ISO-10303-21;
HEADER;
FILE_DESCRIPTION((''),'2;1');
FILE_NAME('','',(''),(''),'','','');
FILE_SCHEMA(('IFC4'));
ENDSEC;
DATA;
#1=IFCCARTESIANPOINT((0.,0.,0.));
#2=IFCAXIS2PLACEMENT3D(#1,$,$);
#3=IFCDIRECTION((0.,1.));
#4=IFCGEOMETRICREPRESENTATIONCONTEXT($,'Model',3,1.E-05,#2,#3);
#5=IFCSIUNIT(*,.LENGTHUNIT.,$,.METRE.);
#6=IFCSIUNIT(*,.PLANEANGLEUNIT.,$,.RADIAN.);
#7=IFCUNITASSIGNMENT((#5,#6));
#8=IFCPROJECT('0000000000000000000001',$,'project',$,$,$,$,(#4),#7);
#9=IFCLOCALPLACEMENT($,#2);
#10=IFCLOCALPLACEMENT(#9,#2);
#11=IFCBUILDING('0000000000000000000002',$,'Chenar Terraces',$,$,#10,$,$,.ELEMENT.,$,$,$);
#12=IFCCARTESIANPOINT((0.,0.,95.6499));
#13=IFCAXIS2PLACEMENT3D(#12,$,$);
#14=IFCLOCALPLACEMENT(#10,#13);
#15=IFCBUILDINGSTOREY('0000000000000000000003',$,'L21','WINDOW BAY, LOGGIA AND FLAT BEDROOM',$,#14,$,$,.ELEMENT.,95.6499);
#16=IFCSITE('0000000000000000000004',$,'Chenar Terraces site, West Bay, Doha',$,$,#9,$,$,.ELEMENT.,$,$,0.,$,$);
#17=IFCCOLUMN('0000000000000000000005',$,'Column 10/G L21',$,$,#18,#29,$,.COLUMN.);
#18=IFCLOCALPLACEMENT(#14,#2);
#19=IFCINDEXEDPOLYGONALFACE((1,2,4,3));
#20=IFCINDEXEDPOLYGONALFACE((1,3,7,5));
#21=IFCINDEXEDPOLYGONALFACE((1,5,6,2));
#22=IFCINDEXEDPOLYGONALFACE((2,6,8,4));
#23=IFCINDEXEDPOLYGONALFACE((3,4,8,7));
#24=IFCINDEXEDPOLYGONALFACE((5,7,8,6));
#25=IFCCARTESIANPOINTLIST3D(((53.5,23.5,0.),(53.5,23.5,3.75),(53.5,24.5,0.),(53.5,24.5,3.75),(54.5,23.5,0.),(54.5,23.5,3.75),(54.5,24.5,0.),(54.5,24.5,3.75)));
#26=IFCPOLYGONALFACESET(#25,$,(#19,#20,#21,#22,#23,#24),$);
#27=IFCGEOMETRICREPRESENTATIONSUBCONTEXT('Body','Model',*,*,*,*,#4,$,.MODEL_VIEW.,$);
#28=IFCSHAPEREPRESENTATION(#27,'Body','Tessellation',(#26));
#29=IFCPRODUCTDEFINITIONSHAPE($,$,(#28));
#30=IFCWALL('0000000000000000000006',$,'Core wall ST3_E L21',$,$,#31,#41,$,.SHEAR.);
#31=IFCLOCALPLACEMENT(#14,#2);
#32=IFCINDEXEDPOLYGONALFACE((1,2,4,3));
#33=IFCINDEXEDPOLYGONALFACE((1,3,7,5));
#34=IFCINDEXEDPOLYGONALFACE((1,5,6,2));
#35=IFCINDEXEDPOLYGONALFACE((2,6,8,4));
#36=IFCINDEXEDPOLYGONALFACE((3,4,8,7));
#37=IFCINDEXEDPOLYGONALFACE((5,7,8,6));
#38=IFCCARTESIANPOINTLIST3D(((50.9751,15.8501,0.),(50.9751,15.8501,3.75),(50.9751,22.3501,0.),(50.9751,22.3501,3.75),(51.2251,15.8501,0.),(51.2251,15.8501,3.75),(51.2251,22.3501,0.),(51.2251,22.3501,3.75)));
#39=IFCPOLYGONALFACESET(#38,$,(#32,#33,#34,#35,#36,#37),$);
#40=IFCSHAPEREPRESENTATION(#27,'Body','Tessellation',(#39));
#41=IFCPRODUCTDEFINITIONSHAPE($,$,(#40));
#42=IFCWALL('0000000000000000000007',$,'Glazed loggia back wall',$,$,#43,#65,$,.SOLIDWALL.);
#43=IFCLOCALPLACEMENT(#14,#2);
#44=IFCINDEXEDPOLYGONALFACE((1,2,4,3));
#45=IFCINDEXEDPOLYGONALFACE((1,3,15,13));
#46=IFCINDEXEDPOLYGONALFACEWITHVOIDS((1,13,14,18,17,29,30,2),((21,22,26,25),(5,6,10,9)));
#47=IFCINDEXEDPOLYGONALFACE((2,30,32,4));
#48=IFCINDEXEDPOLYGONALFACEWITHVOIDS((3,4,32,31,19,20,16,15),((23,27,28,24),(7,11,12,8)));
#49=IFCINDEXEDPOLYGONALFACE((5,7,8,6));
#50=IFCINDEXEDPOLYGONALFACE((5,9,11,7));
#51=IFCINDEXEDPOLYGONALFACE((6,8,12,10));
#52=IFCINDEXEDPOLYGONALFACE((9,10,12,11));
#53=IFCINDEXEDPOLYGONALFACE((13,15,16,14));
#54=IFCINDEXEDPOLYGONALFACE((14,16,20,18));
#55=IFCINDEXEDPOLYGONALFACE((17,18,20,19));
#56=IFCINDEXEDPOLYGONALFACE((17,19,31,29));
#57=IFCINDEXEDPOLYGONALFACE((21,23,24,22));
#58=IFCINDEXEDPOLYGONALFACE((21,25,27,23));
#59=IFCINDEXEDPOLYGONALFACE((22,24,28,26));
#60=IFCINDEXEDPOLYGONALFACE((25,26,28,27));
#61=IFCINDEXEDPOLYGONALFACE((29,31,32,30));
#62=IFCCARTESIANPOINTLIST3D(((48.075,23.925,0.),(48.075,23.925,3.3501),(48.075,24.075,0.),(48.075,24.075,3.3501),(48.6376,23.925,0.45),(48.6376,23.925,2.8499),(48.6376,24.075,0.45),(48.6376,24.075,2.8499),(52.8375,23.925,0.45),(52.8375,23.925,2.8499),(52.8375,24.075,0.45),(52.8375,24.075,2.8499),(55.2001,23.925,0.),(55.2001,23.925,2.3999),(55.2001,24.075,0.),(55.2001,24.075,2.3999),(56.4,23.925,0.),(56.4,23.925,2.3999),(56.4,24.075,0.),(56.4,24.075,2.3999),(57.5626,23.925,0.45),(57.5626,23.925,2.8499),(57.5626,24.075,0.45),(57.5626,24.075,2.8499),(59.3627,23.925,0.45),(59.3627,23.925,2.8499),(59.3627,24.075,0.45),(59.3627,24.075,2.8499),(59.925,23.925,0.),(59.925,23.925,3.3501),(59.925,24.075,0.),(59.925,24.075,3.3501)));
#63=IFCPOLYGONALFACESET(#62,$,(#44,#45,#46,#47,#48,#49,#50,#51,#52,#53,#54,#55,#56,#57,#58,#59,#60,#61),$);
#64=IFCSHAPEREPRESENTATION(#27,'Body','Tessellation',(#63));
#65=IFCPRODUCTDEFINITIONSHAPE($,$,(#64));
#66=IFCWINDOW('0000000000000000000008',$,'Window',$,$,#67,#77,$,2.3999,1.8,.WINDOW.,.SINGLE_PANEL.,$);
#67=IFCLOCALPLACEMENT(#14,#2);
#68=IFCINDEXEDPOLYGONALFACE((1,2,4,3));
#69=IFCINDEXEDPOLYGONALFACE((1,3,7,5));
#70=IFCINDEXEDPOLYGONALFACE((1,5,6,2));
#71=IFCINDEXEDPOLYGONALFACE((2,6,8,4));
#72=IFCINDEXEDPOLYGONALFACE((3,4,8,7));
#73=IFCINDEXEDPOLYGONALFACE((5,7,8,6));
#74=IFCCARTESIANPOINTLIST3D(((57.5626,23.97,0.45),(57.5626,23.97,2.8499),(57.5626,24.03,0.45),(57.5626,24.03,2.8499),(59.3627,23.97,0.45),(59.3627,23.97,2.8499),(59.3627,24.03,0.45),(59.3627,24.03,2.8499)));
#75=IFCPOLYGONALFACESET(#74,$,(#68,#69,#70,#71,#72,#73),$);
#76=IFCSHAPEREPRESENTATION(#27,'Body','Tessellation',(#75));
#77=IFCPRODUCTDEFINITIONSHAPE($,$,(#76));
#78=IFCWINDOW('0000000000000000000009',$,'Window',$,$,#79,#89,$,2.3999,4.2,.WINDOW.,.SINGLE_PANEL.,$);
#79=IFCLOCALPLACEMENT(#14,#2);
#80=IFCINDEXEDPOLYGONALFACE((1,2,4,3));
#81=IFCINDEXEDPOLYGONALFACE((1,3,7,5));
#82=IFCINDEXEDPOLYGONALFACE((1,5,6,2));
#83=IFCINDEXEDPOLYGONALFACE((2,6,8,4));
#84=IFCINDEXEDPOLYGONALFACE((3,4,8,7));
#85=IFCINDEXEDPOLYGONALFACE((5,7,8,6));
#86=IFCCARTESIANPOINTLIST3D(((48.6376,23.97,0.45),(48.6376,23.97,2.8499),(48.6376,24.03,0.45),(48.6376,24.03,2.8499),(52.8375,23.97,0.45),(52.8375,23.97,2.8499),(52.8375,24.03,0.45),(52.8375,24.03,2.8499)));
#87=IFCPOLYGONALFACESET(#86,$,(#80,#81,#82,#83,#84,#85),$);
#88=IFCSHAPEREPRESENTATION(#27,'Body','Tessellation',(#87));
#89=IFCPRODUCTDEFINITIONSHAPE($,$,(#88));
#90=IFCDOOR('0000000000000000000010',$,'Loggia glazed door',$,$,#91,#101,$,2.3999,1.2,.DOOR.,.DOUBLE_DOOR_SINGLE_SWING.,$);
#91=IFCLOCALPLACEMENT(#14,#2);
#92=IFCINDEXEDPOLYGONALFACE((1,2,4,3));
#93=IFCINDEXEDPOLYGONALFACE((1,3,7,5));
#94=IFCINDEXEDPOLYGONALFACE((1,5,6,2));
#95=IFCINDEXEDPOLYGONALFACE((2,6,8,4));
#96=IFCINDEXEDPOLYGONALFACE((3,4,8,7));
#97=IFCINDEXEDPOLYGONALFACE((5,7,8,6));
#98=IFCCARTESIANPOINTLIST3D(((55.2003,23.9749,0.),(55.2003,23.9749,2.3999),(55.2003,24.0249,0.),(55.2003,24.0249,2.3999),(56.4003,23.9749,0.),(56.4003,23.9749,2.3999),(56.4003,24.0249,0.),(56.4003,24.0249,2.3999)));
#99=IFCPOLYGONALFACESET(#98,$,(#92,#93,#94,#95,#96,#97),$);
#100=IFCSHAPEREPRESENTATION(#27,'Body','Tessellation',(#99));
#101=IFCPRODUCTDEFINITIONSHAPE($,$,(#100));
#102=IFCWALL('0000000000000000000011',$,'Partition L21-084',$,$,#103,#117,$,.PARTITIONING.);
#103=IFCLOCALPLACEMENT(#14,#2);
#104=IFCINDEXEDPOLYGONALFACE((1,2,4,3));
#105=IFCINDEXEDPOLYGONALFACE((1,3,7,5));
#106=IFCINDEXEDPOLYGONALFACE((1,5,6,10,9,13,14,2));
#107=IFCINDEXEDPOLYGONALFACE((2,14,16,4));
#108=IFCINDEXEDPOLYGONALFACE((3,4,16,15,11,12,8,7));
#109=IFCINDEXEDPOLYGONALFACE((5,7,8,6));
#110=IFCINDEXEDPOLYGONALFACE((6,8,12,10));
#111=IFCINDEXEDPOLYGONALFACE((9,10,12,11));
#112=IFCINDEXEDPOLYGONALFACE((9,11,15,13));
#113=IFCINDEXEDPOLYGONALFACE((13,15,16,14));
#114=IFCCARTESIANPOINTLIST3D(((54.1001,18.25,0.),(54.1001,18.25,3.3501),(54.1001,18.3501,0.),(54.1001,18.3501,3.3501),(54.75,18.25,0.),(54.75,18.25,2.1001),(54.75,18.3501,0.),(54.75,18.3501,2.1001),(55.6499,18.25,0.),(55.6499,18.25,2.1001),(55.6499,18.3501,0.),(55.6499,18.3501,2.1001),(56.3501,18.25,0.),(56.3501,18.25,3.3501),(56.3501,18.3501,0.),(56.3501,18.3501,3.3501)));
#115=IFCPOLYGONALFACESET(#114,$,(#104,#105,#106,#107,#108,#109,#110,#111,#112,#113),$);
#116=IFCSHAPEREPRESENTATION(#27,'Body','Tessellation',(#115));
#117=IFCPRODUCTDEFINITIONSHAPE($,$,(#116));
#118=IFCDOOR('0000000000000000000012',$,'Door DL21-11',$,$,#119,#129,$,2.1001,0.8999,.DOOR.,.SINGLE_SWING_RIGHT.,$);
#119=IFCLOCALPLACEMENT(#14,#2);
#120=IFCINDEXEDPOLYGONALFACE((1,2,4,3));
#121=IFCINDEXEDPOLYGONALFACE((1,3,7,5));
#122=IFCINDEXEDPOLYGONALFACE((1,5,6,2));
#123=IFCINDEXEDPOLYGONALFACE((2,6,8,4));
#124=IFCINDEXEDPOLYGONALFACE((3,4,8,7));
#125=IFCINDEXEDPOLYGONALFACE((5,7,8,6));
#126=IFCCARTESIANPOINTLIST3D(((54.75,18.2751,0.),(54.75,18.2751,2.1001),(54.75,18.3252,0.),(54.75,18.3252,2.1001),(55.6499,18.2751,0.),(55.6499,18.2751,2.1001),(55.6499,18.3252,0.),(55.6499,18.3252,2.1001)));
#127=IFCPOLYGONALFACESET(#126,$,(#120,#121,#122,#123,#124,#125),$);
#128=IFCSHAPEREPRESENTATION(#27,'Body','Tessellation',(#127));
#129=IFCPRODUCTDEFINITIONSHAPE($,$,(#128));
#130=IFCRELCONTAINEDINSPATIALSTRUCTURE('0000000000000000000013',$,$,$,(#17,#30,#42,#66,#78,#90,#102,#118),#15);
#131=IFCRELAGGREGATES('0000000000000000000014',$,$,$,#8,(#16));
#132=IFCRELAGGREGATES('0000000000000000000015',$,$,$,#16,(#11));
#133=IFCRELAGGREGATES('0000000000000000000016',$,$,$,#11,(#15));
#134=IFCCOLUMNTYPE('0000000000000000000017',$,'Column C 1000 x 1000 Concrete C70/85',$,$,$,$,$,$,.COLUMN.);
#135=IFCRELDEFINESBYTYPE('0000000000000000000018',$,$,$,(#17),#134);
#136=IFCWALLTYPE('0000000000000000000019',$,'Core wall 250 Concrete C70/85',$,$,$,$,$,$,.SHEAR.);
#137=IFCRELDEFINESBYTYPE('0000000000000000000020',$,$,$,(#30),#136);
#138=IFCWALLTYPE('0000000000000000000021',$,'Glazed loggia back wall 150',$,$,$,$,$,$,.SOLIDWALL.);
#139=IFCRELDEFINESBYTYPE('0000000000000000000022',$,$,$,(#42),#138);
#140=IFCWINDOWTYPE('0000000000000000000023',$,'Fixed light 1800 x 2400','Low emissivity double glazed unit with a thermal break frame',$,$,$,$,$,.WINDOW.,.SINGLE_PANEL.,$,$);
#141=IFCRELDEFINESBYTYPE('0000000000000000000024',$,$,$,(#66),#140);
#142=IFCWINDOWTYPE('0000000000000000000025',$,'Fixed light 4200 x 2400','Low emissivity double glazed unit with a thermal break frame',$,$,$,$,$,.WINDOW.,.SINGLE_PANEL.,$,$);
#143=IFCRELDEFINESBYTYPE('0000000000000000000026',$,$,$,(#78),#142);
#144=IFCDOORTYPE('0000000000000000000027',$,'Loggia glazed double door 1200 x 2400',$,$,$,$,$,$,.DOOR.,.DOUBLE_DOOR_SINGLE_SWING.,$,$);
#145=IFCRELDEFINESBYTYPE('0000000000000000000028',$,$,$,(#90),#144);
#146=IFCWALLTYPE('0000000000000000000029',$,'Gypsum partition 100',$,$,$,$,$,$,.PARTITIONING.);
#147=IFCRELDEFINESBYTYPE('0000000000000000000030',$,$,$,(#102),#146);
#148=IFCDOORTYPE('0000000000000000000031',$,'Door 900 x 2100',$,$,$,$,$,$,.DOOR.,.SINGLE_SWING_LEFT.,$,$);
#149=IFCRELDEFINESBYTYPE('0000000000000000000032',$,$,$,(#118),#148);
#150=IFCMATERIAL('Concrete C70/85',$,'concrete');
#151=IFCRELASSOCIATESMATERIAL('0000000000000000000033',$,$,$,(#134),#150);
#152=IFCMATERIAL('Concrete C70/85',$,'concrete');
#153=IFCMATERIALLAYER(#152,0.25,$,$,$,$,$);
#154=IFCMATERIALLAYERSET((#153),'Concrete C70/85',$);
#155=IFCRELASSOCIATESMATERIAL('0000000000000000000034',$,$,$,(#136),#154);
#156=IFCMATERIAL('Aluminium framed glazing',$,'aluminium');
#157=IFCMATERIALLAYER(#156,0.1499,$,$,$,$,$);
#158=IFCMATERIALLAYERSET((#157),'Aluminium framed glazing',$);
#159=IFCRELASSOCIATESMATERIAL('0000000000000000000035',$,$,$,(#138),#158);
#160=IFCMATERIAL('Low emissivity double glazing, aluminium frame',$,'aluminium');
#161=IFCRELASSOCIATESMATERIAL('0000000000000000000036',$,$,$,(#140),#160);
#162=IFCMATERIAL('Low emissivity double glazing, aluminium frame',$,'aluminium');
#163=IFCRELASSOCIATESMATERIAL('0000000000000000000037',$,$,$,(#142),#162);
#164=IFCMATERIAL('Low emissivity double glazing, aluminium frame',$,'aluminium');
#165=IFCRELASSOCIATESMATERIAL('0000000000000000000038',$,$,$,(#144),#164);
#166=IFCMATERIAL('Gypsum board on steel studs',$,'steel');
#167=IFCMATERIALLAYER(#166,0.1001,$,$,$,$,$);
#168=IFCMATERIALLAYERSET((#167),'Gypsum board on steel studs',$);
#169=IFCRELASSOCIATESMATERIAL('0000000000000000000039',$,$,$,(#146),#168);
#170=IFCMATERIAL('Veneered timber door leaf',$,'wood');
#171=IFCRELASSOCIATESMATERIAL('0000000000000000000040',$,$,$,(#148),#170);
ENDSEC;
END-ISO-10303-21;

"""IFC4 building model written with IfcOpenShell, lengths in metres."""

from ifc_helpers import new_model, si_unit, direction, frame, frame_2d, origin, origin_2d, place, context, subcontext, project, spatial, rectangle, extrude, material, layer, layer_set, material_profile, profile_set, type_object, element, fill, save


model = new_model("IFC4")

# Units and contexts
model_context = context("Model", 3, precision=1e-05, world=origin(), true_north=direction((0.0, 1.0)))
body_context = subcontext(model_context, "Body", "Model", "MODEL_VIEW")
ifc_project = project(units=[si_unit("LENGTHUNIT", "METRE"), si_unit("PLANEANGLEUNIT", "RADIAN")], contexts=[model_context])

# Site, building, storey
site_placement = place(None, origin())
site = spatial("IfcSite", under=ifc_project, at=site_placement, Name="Chenar Terraces site, West Bay, Doha", CompositionType="ELEMENT", RefElevation=0.0)
building_placement = place(site_placement, origin())
building = spatial("IfcBuilding", under=site, at=building_placement, Name="Chenar Terraces", CompositionType="ELEMENT")
storey_placement = place(building_placement, frame((0.0, 0.0, 95.6499)))
storey = spatial("IfcBuildingStorey", under=building, at=storey_placement, Name="L21", Description="WINDOW BAY, LOGGIA AND FLAT BEDROOM", CompositionType="ELEMENT", Elevation=95.6499)

# Column
ifc_material_1 = material(Name="Concrete C70/85", Category="concrete")
ifc_material_profile = material_profile(ifc_material_1, rectangle(XDim=1.0, YDim=1.0, at=origin_2d()), Name="C 1000 x 1000")
ifc_profile_set = profile_set([ifc_material_profile], Name="Concrete C70/85")
column_type = type_object("IfcColumnType", Name="Column C 1000 x 1000 Concrete C70/85", PredefinedType="COLUMN", material=ifc_profile_set)
column_placement = place(storey_placement, frame((54.0, 24.0, 0.0), z_axis=(0.0, 0.0, 1.0), x_axis=(1.0, 0.0, 0.0)))
element("IfcColumn", 1, at=column_placement, inside=storey, type_object=column_type, Name="Column 10/G L21", PredefinedType="COLUMN", context=body_context, shape_type="SweptSolid", body=[
    extrude(rectangle(XDim=1.0, YDim=1.0, at=origin_2d()), origin(), (0.0, 0.0, 1.0), 3.75),
])

# Wall
ifc_material_2 = material(Name="Concrete C70/85", Category="concrete")
ifc_layer_1 = layer(ifc_material_2, 0.25)
ifc_layer_set_1 = layer_set([ifc_layer_1], Name="Concrete C70/85")
wall_type_1 = type_object("IfcWallType", Name="Core wall 250 Concrete C70/85", PredefinedType="SHEAR", material=ifc_layer_set_1)
wall_1_placement = place(storey_placement, frame((51.1001, 15.8501, 0.0), z_axis=(0.0, 0.0, 1.0), x_axis=(0.0, 1.0, 0.0)))
element("IfcWall", 2, at=wall_1_placement, inside=storey, type_object=wall_type_1, Name="Core wall ST3_E L21", PredefinedType="SHEAR", context=body_context, shape_type="SweptSolid", body=[
    extrude(rectangle(XDim=6.5, YDim=0.25, at=frame_2d((3.25, 0.0))), origin(), (0.0, 0.0, 1.0), 3.75),
])

# Wall, openings, windows, door
ifc_material_3 = material(Name="Aluminium framed glazing", Category="aluminium")
ifc_layer_2 = layer(ifc_material_3, 0.1499)
ifc_layer_set_2 = layer_set([ifc_layer_2], Name="Aluminium framed glazing")
wall_type_2 = type_object("IfcWallType", Name="Glazed loggia back wall 150", PredefinedType="SOLIDWALL", material=ifc_layer_set_2)
wall_2_placement = place(storey_placement, frame((59.925, 24.0, 0.0), z_axis=(0.0, 0.0, 1.0), x_axis=(-1.0, 0.0, 0.0)))
wall_2 = element("IfcWall", 3, at=wall_2_placement, inside=storey, type_object=wall_type_2, Name="Glazed loggia back wall", PredefinedType="SOLIDWALL", context=body_context, shape_type="SweptSolid", body=[
    extrude(rectangle(XDim=11.8501, YDim=0.1499, at=frame_2d((5.925, 0.0))), origin(), (0.0, 0.0, 1.0), 3.3501),
])
opening_1_placement = place(wall_2_placement, frame((0.5625, 0.0, 0.45)))
opening_1 = element("IfcOpeningElement", 4, at=opening_1_placement, cuts=wall_2, PredefinedType="OPENING", context=body_context, shape_type="SweptSolid", body=[
    extrude(rectangle(XDim=1.8, YDim=2.3999, at=frame_2d((0.8999, 1.2))), frame((0.0, 0.085, 0.0), z_axis=(0.0, -1.0, 0.0), x_axis=(1.0, 0.0, 0.0)), (0.0, 0.0, 1.0), 0.1699),
])
opening_2_placement = place(wall_2_placement, frame((3.5249, 0.0, 0.0)))
opening_2 = element("IfcOpeningElement", 5, at=opening_2_placement, cuts=wall_2, PredefinedType="OPENING", context=body_context, shape_type="SweptSolid", body=[
    extrude(rectangle(XDim=1.2, YDim=2.3999, at=frame_2d((0.6001, 1.2))), frame((0.0, 0.085, 0.0), z_axis=(0.0, -1.0, 0.0), x_axis=(1.0, 0.0, 0.0)), (0.0, 0.0, 1.0), 0.1699),
])
opening_3_placement = place(wall_2_placement, frame((7.0874, 0.0, 0.45)))
opening_3 = element("IfcOpeningElement", 6, at=opening_3_placement, cuts=wall_2, PredefinedType="OPENING", context=body_context, shape_type="SweptSolid", body=[
    extrude(rectangle(XDim=4.2, YDim=2.3999, at=frame_2d((2.1001, 1.2))), frame((0.0, 0.085, 0.0), z_axis=(0.0, -1.0, 0.0), x_axis=(1.0, 0.0, 0.0)), (0.0, 0.0, 1.0), 0.1699),
])
ifc_material_4 = material(Name="Low emissivity double glazing, aluminium frame", Category="aluminium")
window_type_1 = type_object("IfcWindowType", Name="Fixed light 1800 x 2400", Description="Low emissivity double glazed unit with a thermal break frame", PartitioningType="SINGLE_PANEL", PredefinedType="WINDOW", material=ifc_material_4)
window_1_placement = place(opening_1_placement, origin())
window_1 = element("IfcWindow", 7, at=window_1_placement, inside=storey, type_object=window_type_1, Name="Window", OverallHeight=2.3999, OverallWidth=1.8, PartitioningType="SINGLE_PANEL", PredefinedType="WINDOW", context=body_context, shape_type="SweptSolid", body=[
    extrude(rectangle(XDim=1.8, YDim=2.3999, at=frame_2d((0.8999, 1.2))), frame((0.0, 0.03, 0.0), z_axis=(0.0, -1.0, 0.0), x_axis=(1.0, 0.0, 0.0)), (0.0, 0.0, 1.0), 0.0601),
])
fill(opening_1, window_1)
ifc_material_5 = material(Name="Low emissivity double glazing, aluminium frame", Category="aluminium")
window_type_2 = type_object("IfcWindowType", Name="Fixed light 4200 x 2400", Description="Low emissivity double glazed unit with a thermal break frame", PartitioningType="SINGLE_PANEL", PredefinedType="WINDOW", material=ifc_material_5)
window_2_placement = place(opening_3_placement, origin())
window_2 = element("IfcWindow", 8, at=window_2_placement, inside=storey, type_object=window_type_2, Name="Window", OverallHeight=2.3999, OverallWidth=4.2, PartitioningType="SINGLE_PANEL", PredefinedType="WINDOW", context=body_context, shape_type="SweptSolid", body=[
    extrude(rectangle(XDim=4.2, YDim=2.3999, at=frame_2d((2.1001, 1.2))), frame((0.0, 0.03, 0.0), z_axis=(0.0, -1.0, 0.0), x_axis=(1.0, 0.0, 0.0)), (0.0, 0.0, 1.0), 0.0601),
])
fill(opening_3, window_2)
ifc_material_6 = material(Name="Low emissivity double glazing, aluminium frame", Category="aluminium")
door_type_1 = type_object("IfcDoorType", Name="Loggia glazed double door 1200 x 2400", OperationType="DOUBLE_DOOR_SINGLE_SWING", PredefinedType="DOOR", material=ifc_material_6)
door_1_placement = place(opening_2_placement, frame((1.2, 0.0, 0.0), z_axis=(0.0, 0.0, 1.0), x_axis=(-1.0, 0.0, 0.0)))
door_1 = element("IfcDoor", 9, at=door_1_placement, inside=storey, type_object=door_type_1, Name="Loggia glazed door", OperationType="DOUBLE_DOOR_SINGLE_SWING", OverallHeight=2.3999, OverallWidth=1.2, PredefinedType="DOOR", context=body_context, shape_type="SweptSolid", body=[
    extrude(rectangle(XDim=1.2, YDim=2.3999, at=frame_2d((0.6001, 1.2))), frame((0.0, 0.0249, 0.0), z_axis=(0.0, -1.0, 0.0), x_axis=(1.0, 0.0, 0.0)), (0.0, 0.0, 1.0), 0.05),
])
fill(opening_2, door_1)

# Wall, opening, door
ifc_material_7 = material(Name="Gypsum board on steel studs", Category="steel")
ifc_layer_3 = layer(ifc_material_7, 0.1001)
ifc_layer_set_3 = layer_set([ifc_layer_3], Name="Gypsum board on steel studs")
wall_type_3 = type_object("IfcWallType", Name="Gypsum partition 100", PredefinedType="PARTITIONING", material=ifc_layer_set_3)
wall_3_placement = place(storey_placement, frame((54.1001, 18.3, 0.0), z_axis=(0.0, 0.0, 1.0), x_axis=(1.0, 0.0, 0.0)))
wall_3 = element("IfcWall", 10, at=wall_3_placement, inside=storey, type_object=wall_type_3, Name="Partition L21-084", PredefinedType="PARTITIONING", context=body_context, shape_type="SweptSolid", body=[
    extrude(rectangle(XDim=2.25, YDim=0.1001, at=frame_2d((1.125, 0.0))), origin(), (0.0, 0.0, 1.0), 3.3501),
])
opening_4_placement = place(wall_3_placement, frame((0.6499, 0.0, 0.0)))
opening_4 = element("IfcOpeningElement", 11, at=opening_4_placement, cuts=wall_3, PredefinedType="OPENING", context=body_context, shape_type="SweptSolid", body=[
    extrude(rectangle(XDim=0.8999, YDim=2.1001, at=frame_2d((0.45, 1.05))), frame((0.0, 0.0601, 0.0), z_axis=(0.0, -1.0, 0.0), x_axis=(1.0, 0.0, 0.0)), (0.0, 0.0, 1.0), 0.1201),
])
ifc_material_8 = material(Name="Veneered timber door leaf", Category="wood")
door_type_2 = type_object("IfcDoorType", Name="Door 900 x 2100", OperationType="SINGLE_SWING_LEFT", PredefinedType="DOOR", material=ifc_material_8)
door_2_placement = place(opening_4_placement, frame((0.8999, 0.0, 0.0), z_axis=(0.0, 0.0, 1.0), x_axis=(-1.0, 0.0, 0.0)))
door_2 = element("IfcDoor", 12, at=door_2_placement, inside=storey, type_object=door_type_2, Name="Door DL21-11", OperationType="SINGLE_SWING_RIGHT", OverallHeight=2.1001, OverallWidth=0.8999, PredefinedType="DOOR", context=body_context, shape_type="SweptSolid", body=[
    extrude(rectangle(XDim=0.8999, YDim=2.1001, at=frame_2d((0.45, 1.05))), frame((0.0, 0.0249, 0.0), z_axis=(0.0, -1.0, 0.0), x_axis=(1.0, 0.0, 0.0)), (0.0, 0.0, 1.0), 0.05),
])
fill(opening_4, door_2)

save(model, "model.ifc")
